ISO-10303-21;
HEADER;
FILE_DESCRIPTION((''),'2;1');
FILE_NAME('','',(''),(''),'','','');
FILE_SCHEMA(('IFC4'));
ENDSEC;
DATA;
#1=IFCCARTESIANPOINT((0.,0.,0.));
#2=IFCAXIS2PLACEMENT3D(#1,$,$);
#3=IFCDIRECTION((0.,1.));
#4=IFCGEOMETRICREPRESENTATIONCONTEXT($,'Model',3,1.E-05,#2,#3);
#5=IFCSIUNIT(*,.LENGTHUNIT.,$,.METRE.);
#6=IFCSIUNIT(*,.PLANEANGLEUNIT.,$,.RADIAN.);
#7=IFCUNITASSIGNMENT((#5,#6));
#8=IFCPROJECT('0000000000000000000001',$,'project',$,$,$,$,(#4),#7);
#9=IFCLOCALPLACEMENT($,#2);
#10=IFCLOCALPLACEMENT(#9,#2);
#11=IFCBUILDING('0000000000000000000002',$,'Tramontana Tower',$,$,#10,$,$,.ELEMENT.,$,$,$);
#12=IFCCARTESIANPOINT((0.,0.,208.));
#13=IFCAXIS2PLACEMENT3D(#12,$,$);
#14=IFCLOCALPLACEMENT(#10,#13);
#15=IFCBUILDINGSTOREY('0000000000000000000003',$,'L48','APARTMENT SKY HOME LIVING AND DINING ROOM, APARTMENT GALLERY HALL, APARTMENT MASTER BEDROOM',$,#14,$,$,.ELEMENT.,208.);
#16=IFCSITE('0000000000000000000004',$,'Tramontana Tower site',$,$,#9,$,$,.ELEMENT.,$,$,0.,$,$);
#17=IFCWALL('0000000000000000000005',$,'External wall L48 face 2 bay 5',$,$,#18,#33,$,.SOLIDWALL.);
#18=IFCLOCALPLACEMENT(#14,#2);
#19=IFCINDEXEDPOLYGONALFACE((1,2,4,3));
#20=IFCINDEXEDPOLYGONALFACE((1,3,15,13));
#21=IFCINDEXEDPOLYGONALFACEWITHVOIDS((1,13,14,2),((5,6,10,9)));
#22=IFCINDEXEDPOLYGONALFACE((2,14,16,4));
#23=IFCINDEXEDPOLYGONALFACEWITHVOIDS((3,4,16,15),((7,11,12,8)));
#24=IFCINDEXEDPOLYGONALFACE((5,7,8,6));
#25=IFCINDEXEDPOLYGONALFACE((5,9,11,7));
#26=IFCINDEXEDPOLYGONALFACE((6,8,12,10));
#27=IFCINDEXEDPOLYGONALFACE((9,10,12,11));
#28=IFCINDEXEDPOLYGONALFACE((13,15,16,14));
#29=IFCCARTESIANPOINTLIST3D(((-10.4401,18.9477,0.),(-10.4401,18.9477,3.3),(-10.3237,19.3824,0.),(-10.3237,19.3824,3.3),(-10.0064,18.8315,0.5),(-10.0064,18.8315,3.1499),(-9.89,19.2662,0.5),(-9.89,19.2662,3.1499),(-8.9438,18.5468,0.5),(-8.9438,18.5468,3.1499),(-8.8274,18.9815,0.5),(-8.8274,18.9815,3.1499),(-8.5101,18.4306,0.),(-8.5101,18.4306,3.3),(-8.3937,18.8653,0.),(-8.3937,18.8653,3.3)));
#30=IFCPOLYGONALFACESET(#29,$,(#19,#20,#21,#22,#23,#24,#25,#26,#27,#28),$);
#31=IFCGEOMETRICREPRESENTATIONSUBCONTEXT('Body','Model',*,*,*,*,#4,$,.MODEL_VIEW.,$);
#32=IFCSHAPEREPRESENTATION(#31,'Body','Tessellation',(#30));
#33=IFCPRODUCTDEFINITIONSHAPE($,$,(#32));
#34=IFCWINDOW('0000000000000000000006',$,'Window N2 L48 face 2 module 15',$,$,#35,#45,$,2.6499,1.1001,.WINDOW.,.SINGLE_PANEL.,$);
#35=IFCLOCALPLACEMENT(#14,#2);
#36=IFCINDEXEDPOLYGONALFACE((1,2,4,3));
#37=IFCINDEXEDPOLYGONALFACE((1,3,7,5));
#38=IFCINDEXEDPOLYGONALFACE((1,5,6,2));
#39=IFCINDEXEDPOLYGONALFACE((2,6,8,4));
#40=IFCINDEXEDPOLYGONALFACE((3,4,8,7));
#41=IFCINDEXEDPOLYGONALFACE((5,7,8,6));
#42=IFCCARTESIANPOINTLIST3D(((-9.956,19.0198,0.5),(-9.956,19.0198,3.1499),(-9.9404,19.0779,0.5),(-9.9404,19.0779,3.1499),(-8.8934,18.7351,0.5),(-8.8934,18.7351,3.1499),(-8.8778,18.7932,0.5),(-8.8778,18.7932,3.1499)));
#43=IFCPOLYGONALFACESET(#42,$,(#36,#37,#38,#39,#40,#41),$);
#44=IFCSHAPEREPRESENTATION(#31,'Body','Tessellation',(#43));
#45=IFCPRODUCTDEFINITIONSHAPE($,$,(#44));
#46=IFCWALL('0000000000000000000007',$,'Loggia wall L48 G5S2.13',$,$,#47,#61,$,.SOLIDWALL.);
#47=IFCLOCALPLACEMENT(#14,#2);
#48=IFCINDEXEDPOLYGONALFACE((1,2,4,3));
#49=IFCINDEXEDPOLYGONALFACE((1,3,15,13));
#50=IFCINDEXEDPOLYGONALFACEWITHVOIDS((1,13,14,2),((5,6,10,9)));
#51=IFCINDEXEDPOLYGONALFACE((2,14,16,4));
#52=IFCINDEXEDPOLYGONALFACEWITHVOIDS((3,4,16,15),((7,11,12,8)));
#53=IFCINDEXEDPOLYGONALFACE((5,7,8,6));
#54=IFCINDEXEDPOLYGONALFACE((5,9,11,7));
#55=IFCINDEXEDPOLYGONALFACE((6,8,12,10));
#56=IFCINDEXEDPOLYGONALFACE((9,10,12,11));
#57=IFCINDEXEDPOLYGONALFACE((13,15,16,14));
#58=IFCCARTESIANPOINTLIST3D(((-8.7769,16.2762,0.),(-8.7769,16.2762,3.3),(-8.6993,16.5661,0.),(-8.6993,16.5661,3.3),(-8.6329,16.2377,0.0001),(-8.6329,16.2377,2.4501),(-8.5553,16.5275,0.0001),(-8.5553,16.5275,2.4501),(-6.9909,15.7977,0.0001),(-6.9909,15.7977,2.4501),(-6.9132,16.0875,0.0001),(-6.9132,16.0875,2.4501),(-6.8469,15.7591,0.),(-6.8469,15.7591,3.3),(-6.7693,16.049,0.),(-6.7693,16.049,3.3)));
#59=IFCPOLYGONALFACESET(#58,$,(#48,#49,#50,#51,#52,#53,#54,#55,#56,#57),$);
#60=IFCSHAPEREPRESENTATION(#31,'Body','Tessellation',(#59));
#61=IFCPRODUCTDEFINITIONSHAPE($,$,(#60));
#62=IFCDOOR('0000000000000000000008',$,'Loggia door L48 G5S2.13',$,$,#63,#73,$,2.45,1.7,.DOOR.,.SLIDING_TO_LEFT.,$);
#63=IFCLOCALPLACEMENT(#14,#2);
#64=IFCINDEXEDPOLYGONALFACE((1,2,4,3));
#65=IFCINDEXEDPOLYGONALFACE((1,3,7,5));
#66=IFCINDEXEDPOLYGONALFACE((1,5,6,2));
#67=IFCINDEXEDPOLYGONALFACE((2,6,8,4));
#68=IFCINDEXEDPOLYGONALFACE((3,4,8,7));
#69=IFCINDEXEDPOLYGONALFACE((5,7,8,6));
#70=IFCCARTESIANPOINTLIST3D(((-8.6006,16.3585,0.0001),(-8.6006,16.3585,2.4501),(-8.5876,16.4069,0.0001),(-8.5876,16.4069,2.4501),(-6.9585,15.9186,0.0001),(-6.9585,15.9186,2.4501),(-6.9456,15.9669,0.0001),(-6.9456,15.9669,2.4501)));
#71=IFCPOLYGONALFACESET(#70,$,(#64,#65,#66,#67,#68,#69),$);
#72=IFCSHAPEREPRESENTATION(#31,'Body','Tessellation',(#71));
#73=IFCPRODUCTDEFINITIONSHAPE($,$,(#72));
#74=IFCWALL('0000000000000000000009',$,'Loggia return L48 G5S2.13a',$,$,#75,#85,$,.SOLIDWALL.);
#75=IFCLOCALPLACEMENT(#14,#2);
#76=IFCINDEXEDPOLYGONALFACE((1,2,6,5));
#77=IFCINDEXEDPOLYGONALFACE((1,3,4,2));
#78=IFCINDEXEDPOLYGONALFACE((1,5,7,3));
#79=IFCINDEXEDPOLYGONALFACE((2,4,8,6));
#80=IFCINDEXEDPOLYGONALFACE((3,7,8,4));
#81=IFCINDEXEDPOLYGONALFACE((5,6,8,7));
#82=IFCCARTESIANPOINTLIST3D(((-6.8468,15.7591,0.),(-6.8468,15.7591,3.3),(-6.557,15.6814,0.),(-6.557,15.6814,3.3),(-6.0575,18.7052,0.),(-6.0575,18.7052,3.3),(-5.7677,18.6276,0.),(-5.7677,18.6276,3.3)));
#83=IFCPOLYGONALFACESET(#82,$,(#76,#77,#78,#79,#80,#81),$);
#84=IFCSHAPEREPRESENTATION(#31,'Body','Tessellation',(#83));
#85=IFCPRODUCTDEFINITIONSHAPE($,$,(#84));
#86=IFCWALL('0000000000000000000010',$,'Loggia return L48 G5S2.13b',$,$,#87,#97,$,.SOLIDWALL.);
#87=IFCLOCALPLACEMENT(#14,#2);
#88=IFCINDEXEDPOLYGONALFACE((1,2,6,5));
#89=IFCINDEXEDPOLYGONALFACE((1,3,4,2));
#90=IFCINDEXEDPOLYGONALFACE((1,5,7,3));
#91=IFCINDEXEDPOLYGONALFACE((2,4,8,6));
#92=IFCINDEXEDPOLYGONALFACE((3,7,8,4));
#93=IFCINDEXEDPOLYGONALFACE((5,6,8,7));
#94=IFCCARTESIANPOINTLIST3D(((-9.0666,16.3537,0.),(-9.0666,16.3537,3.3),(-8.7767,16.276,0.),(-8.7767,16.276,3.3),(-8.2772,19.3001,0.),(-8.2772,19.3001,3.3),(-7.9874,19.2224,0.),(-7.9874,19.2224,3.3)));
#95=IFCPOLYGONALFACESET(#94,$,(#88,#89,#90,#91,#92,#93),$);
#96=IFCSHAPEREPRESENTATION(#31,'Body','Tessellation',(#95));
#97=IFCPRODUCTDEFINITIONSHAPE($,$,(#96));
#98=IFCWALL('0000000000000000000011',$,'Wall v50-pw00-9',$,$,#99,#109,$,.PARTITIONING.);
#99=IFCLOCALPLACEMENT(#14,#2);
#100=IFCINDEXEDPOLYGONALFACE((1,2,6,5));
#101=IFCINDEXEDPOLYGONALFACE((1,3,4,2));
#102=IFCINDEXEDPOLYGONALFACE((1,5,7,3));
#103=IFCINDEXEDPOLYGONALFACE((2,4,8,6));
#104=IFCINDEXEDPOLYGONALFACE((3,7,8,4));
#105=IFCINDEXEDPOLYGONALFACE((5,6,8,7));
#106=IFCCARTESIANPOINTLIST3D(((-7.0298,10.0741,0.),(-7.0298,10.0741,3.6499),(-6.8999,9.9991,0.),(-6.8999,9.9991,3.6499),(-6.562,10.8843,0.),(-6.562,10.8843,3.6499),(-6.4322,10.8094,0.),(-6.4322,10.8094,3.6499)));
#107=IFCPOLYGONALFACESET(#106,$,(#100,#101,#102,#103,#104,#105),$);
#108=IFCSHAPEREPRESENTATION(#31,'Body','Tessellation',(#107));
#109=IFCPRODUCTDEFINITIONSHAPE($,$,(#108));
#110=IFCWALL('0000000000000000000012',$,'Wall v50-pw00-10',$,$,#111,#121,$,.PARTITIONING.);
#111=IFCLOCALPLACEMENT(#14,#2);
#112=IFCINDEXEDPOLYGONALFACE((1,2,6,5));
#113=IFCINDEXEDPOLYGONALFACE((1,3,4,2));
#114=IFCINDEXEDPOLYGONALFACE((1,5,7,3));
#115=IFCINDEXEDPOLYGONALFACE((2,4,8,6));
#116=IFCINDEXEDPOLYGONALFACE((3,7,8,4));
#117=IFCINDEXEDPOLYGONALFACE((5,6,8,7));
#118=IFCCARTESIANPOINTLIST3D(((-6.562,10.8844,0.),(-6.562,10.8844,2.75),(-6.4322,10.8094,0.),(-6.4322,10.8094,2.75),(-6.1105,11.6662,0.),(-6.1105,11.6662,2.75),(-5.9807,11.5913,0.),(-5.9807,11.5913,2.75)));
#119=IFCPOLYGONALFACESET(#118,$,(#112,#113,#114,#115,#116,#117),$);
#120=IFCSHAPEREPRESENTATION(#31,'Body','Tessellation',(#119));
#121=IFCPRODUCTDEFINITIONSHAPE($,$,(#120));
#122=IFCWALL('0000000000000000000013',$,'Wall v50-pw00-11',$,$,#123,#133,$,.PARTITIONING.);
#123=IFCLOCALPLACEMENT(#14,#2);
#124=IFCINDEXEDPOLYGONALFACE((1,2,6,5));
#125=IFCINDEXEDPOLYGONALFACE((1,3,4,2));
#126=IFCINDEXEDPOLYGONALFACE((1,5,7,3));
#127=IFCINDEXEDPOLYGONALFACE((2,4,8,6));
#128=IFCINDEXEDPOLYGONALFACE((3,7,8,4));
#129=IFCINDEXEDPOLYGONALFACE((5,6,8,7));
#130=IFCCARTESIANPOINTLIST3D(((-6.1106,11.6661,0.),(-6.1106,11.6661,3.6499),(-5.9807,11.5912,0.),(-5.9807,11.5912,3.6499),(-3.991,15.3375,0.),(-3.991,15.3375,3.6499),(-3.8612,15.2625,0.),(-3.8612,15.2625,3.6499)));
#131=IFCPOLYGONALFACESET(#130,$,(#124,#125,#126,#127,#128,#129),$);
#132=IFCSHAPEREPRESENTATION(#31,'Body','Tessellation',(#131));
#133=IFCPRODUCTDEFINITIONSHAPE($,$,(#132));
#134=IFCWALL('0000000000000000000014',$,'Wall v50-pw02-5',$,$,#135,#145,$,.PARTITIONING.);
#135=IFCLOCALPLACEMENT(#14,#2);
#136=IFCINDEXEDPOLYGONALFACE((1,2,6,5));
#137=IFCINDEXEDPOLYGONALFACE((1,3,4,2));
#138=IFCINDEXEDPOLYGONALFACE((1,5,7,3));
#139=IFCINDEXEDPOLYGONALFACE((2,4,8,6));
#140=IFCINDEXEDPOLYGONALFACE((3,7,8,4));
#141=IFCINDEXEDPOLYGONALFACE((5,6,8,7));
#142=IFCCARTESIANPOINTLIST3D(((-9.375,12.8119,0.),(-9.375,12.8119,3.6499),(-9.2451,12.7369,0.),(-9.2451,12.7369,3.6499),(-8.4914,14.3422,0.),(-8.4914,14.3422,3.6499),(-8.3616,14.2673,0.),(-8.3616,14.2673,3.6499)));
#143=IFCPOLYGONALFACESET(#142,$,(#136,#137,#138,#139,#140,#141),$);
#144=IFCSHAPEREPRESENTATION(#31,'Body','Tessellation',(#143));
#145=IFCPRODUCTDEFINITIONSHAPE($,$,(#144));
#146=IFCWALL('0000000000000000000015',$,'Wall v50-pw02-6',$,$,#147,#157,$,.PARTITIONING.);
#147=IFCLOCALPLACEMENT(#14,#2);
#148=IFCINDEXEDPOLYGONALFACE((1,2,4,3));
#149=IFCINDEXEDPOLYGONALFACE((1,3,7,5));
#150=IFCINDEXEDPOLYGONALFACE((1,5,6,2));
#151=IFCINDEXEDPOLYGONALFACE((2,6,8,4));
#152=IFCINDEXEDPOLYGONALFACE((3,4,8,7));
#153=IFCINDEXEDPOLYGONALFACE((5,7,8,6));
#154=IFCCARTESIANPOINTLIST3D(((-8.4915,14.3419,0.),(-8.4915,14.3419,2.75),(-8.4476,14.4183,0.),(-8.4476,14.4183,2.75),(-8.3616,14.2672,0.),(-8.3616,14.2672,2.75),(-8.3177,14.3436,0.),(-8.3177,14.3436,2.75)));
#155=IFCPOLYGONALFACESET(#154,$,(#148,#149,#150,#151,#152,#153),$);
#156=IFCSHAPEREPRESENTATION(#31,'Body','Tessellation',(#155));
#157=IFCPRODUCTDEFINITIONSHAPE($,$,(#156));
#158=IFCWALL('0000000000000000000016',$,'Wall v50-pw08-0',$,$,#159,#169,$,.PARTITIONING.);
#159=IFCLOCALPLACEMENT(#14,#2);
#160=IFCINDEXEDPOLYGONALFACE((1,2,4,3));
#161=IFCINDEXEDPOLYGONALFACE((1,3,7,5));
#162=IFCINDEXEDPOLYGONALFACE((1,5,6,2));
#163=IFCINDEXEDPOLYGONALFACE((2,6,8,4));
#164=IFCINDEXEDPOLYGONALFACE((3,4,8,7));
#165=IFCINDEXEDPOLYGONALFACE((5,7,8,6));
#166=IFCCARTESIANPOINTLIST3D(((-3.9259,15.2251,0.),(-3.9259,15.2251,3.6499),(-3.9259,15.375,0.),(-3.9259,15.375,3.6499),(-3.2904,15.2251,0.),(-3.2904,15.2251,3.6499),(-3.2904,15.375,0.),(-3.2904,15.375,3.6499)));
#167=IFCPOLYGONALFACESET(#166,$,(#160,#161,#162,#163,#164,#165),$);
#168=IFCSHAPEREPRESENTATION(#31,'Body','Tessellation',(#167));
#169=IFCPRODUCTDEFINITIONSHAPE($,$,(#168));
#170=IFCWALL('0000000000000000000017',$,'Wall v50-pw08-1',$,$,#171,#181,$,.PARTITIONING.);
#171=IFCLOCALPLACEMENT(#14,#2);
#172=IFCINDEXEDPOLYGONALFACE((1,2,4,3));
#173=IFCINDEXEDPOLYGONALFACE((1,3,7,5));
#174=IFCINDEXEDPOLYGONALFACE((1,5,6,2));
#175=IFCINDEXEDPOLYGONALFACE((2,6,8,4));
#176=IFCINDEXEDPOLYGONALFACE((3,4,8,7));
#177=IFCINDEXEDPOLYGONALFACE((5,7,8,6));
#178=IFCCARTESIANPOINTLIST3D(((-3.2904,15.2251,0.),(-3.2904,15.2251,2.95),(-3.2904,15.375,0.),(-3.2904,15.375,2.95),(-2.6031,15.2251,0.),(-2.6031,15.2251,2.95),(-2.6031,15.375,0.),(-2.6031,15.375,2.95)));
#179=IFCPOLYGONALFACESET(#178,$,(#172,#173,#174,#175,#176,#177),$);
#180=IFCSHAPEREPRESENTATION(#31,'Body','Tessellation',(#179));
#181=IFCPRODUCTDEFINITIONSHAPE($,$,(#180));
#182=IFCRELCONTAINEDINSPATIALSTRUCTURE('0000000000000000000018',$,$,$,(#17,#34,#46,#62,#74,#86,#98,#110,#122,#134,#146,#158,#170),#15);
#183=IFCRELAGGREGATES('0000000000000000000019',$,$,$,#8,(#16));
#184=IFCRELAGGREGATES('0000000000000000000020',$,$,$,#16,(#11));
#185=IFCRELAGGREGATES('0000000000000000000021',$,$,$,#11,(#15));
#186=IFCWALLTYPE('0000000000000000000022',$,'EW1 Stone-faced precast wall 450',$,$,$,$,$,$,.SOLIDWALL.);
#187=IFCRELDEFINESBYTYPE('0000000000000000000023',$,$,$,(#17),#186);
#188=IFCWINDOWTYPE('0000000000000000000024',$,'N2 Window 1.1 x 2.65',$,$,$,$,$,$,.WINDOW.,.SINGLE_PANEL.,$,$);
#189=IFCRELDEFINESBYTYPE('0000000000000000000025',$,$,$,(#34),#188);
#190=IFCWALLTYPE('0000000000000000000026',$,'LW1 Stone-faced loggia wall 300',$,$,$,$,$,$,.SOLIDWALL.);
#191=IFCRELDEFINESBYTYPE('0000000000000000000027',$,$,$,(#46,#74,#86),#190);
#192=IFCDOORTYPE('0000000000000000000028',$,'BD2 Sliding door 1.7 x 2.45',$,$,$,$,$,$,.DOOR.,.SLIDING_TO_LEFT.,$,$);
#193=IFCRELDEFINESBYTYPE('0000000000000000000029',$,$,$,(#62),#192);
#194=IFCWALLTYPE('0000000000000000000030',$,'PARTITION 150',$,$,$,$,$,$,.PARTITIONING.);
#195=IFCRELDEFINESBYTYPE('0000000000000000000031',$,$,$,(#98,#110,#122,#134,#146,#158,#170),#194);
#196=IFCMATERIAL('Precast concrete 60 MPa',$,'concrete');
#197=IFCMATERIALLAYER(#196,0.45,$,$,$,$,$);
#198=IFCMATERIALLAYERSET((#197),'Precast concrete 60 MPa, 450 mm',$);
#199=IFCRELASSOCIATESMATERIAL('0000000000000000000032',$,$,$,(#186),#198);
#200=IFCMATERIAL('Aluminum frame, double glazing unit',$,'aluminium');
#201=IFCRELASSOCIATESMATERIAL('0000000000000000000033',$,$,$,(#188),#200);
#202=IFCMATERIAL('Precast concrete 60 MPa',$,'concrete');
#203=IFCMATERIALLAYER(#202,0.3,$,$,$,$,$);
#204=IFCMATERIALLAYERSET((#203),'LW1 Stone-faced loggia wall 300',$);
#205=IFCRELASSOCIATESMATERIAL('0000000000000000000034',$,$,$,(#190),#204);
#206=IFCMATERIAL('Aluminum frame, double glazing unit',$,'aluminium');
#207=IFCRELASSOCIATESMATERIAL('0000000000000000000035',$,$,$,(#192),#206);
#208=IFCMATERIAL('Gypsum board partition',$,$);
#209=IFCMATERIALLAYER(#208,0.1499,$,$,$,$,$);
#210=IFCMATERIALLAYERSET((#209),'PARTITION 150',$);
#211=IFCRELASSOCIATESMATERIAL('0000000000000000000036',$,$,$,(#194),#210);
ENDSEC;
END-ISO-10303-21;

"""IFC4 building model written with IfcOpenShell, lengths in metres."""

from ifc_helpers import new_model, si_unit, direction, frame, frame_2d, origin, place, context, subcontext, project, spatial, rectangle, extrude, material, layer, layer_set, type_object, element, fill, save


model = new_model("IFC4")

# Units and contexts
model_context = context("Model", 3, precision=1e-05, world=origin(), true_north=direction((0.0, 1.0)))
body_context = subcontext(model_context, "Body", "Model", "MODEL_VIEW")
ifc_project = project(units=[si_unit("LENGTHUNIT", "METRE"), si_unit("PLANEANGLEUNIT", "RADIAN")], contexts=[model_context])

# Site, building, storey
site_placement = place(None, origin())
site = spatial("IfcSite", under=ifc_project, at=site_placement, Name="Tramontana Tower site", CompositionType="ELEMENT", RefElevation=0.0)
building_placement = place(site_placement, origin())
building = spatial("IfcBuilding", under=site, at=building_placement, Name="Tramontana Tower", CompositionType="ELEMENT")
storey_placement = place(building_placement, frame((0.0, 0.0, 208.0)))
storey = spatial("IfcBuildingStorey", under=building, at=storey_placement, Name="L48", Description="APARTMENT SKY HOME LIVING AND DINING ROOM, APARTMENT GALLERY HALL, APARTMENT MASTER BEDROOM", CompositionType="ELEMENT", Elevation=208.0)

# Wall, opening, window
ifc_material_1 = material(Name="Precast concrete 60 MPa", Category="concrete")
ifc_layer_1 = layer(ifc_material_1, 0.45)
ifc_layer_set_1 = layer_set([ifc_layer_1], Name="Precast concrete 60 MPa, 450 mm")
wall_type_1 = type_object("IfcWallType", Name="EW1 Stone-faced precast wall 450", PredefinedType="SOLIDWALL", material=ifc_layer_set_1)
wall_1_placement = place(storey_placement, frame((-8.4519, 18.6479, 0.0), z_axis=(0.0, 0.0, 1.0), x_axis=(-0.96593, 0.258803, 0.0)))
wall_1 = element("IfcWall", 1, at=wall_1_placement, inside=storey, type_object=wall_type_1, Name="External wall L48 face 2 bay 5", PredefinedType="SOLIDWALL", context=body_context, shape_type="SweptSolid", body=[
    extrude(rectangle(XDim=1.998, YDim=0.45, at=frame_2d((0.999, 0.0))), origin(), (0.0, 0.0, 1.0), 3.3),
])
opening_1_placement = place(wall_1_placement, frame((0.449, 0.0, 0.5)))
opening_1 = element("IfcOpeningElement", 2, at=opening_1_placement, cuts=wall_1, PredefinedType="OPENING", context=body_context, shape_type="SweptSolid", body=[
    extrude(rectangle(XDim=1.1001, YDim=2.6499, at=frame_2d((0.55, 1.325))), frame((0.0, 0.2349, 0.0), z_axis=(0.0, -1.0, 0.0), x_axis=(1.0, 0.0, 0.0)), (0.0, 0.0, 1.0), 0.47),
])
ifc_material_2 = material(Name="Aluminum frame, double glazing unit", Category="aluminium")
window_type_1 = type_object("IfcWindowType", Name="N2 Window 1.1 x 2.65", PartitioningType="SINGLE_PANEL", PredefinedType="WINDOW", material=ifc_material_2)
window_1_placement = place(opening_1_placement, origin())
window_1 = element("IfcWindow", 3, at=window_1_placement, inside=storey, type_object=window_type_1, Name="Window N2 L48 face 2 module 15", OverallHeight=2.6499, OverallWidth=1.1001, PartitioningType="SINGLE_PANEL", PredefinedType="WINDOW", context=body_context, shape_type="SweptSolid", body=[
    extrude(rectangle(XDim=1.1001, YDim=2.6499, at=frame_2d((0.55, 1.325))), frame((0.0, 0.03, 0.0), z_axis=(0.0, -1.0, 0.0), x_axis=(1.0, 0.0, 0.0)), (0.0, 0.0, 1.0), 0.0601),
])
fill(opening_1, window_1)

# Wall, opening, door
ifc_material_3 = material(Name="Precast concrete 60 MPa", Category="concrete")
ifc_layer_2 = layer(ifc_material_3, 0.3)
ifc_layer_set_2 = layer_set([ifc_layer_2], Name="LW1 Stone-faced loggia wall 300")
wall_type_2 = type_object("IfcWallType", Name="LW1 Stone-faced loggia wall 300", PredefinedType="SOLIDWALL", material=ifc_layer_set_2)
wall_2_placement = place(storey_placement, frame((-6.8081, 15.9041, 0.0), z_axis=(0.0, 0.0, 1.0), x_axis=(-0.96593, 0.258803, 0.0)))
wall_2 = element("IfcWall", 4, at=wall_2_placement, inside=storey, type_object=wall_type_2, Name="Loggia wall L48 G5S2.13", PredefinedType="SOLIDWALL", context=body_context, shape_type="SweptSolid", body=[
    extrude(rectangle(XDim=1.998, YDim=0.3, at=frame_2d((0.999, 0.0))), origin(), (0.0, 0.0, 1.0), 3.3),
])
opening_2_placement = place(wall_2_placement, frame((0.1489, 0.0, 0.0)))
opening_2 = element("IfcOpeningElement", 5, at=opening_2_placement, cuts=wall_2, PredefinedType="OPENING", context=body_context, shape_type="SweptSolid", body=[
    extrude(rectangle(XDim=1.7, YDim=2.45, at=frame_2d((0.8501, 1.2251))), frame((0.0, 0.1599, 0.0), z_axis=(0.0, -1.0, 0.0), x_axis=(1.0, 0.0, 0.0)), (0.0, 0.0, 1.0), 0.3201),
])
ifc_material_4 = material(Name="Aluminum frame, double glazing unit", Category="aluminium")
door_type_1 = type_object("IfcDoorType", Name="BD2 Sliding door 1.7 x 2.45", OperationType="SLIDING_TO_LEFT", PredefinedType="DOOR", material=ifc_material_4)
door_1_placement = place(opening_2_placement, origin())
door_1 = element("IfcDoor", 6, at=door_1_placement, inside=storey, type_object=door_type_1, Name="Loggia door L48 G5S2.13", OperationType="SLIDING_TO_LEFT", OverallHeight=2.45, OverallWidth=1.7, PredefinedType="DOOR", context=body_context, shape_type="SweptSolid", body=[
    extrude(rectangle(XDim=1.7, YDim=2.45, at=frame_2d((0.8501, 1.2251))), frame((0.0, 0.0249, 0.0), z_axis=(0.0, -1.0, 0.0), x_axis=(1.0, 0.0, 0.0)), (0.0, 0.0, 1.0), 0.05),
])
fill(opening_2, door_1)

# Walls
wall_3_placement = place(storey_placement, frame((-5.9126, 18.6663, 0.0), z_axis=(0.0, 0.0, 1.0), x_axis=(-0.258793, -0.965933, 0.0)))
element("IfcWall", 7, at=wall_3_placement, inside=storey, type_object=wall_type_2, Name="Loggia return L48 G5S2.13a", PredefinedType="SOLIDWALL", context=body_context, shape_type="SweptSolid", body=[
    extrude(rectangle(XDim=3.05, YDim=0.3, at=frame_2d((1.5249, 0.0))), origin(), (0.0, 0.0, 1.0), 3.3),
])
wall_4_placement = place(storey_placement, frame((-8.1323, 19.2612, 0.0), z_axis=(0.0, 0.0, 1.0), x_axis=(-0.258773, -0.965938, 0.0)))
element("IfcWall", 8, at=wall_4_placement, inside=storey, type_object=wall_type_2, Name="Loggia return L48 G5S2.13b", PredefinedType="SOLIDWALL", context=body_context, shape_type="SweptSolid", body=[
    extrude(rectangle(XDim=3.0503, YDim=0.3, at=frame_2d((1.5251, 0.0))), origin(), (0.0, 0.0, 1.0), 3.3),
])
ifc_material_5 = material(Name="Gypsum board partition")
ifc_layer_3 = layer(ifc_material_5, 0.1499)
ifc_layer_set_3 = layer_set([ifc_layer_3], Name="PARTITION 150")
wall_type_3 = type_object("IfcWallType", Name="PARTITION 150", PredefinedType="PARTITIONING", material=ifc_layer_set_3)
wall_5_placement = place(storey_placement, frame((-6.9648, 10.0366, 0.0), z_axis=(0.0, 0.0, 1.0), x_axis=(0.499956, 0.866051, 0.0)))
element("IfcWall", 9, at=wall_5_placement, inside=storey, type_object=wall_type_3, Name="Wall v50-pw00-9", PredefinedType="PARTITIONING", context=body_context, shape_type="SweptSolid", body=[
    extrude(rectangle(XDim=0.9355, YDim=0.1499, at=frame_2d((0.4678, 0.0))), origin(), (0.0, 0.0, 1.0), 3.6499),
])
wall_6_placement = place(storey_placement, frame((-6.4971, 10.8469, 0.0), z_axis=(0.0, 0.0, 1.0), x_axis=(0.500066, 0.865987, 0.0)))
element("IfcWall", 10, at=wall_6_placement, inside=storey, type_object=wall_type_3, Name="Wall v50-pw00-10", PredefinedType="PARTITIONING", context=body_context, shape_type="SweptSolid", body=[
    extrude(rectangle(XDim=0.9028, YDim=0.1499, at=frame_2d((0.4514, 0.0))), origin(), (0.0, 0.0, 1.0), 2.75),
])
wall_7_placement = place(storey_placement, frame((-6.0457, 11.6287, 0.0), z_axis=(0.0, 0.0, 1.0), x_axis=(0.499992, 0.86603, 0.0)))
element("IfcWall", 11, at=wall_7_placement, inside=storey, type_object=wall_type_3, Name="Wall v50-pw00-11", PredefinedType="PARTITIONING", context=body_context, shape_type="SweptSolid", body=[
    extrude(rectangle(XDim=4.2393, YDim=0.1499, at=frame_2d((2.1196, 0.0))), origin(), (0.0, 0.0, 1.0), 3.6499),
])

# Walls
wall_8_placement = place(storey_placement, frame((-9.3101, 12.7744, 0.0), z_axis=(0.0, 0.0, 1.0), x_axis=(0.500017, 0.866015, 0.0)))
element("IfcWall", 12, at=wall_8_placement, inside=storey, type_object=wall_type_3, Name="Wall v50-pw02-5", PredefinedType="PARTITIONING", context=body_context, shape_type="SweptSolid", body=[
    extrude(rectangle(XDim=1.7671, YDim=0.1499, at=frame_2d((0.8835, 0.0))), origin(), (0.0, 0.0, 1.0), 3.6499),
])
wall_9_placement = place(storey_placement, frame((-8.4265, 14.3047, 0.0), z_axis=(0.0, 0.0, 1.0), x_axis=(0.498523, 0.866876, 0.0)))
element("IfcWall", 13, at=wall_9_placement, inside=storey, type_object=wall_type_3, Name="Wall v50-pw02-6", PredefinedType="PARTITIONING", context=body_context, shape_type="SweptSolid", body=[
    extrude(rectangle(XDim=0.0881, YDim=0.1499, at=frame_2d((0.0439, 0.0))), origin(), (0.0, 0.0, 1.0), 2.75),
])
wall_10_placement = place(storey_placement, frame((-3.926, 15.3, 0.0), z_axis=(0.0, 0.0, 1.0), x_axis=(1.0, 0.0, 0.0)))
element("IfcWall", 14, at=wall_10_placement, inside=storey, type_object=wall_type_3, Name="Wall v50-pw08-0", PredefinedType="PARTITIONING", context=body_context, shape_type="SweptSolid", body=[
    extrude(rectangle(XDim=0.6355, YDim=0.1499, at=frame_2d((0.3179, 0.0))), origin(), (0.0, 0.0, 1.0), 3.6499),
])
wall_11_placement = place(storey_placement, frame((-3.2905, 15.3, 0.0), z_axis=(0.0, 0.0, 1.0), x_axis=(1.0, 0.0, 0.0)))
element("IfcWall", 15, at=wall_11_placement, inside=storey, type_object=wall_type_3, Name="Wall v50-pw08-1", PredefinedType="PARTITIONING", context=body_context, shape_type="SweptSolid", body=[
    extrude(rectangle(XDim=0.6873, YDim=0.1499, at=frame_2d((0.3438, 0.0))), origin(), (0.0, 0.0, 1.0), 2.95),
])

save(model, "model.ifc")
